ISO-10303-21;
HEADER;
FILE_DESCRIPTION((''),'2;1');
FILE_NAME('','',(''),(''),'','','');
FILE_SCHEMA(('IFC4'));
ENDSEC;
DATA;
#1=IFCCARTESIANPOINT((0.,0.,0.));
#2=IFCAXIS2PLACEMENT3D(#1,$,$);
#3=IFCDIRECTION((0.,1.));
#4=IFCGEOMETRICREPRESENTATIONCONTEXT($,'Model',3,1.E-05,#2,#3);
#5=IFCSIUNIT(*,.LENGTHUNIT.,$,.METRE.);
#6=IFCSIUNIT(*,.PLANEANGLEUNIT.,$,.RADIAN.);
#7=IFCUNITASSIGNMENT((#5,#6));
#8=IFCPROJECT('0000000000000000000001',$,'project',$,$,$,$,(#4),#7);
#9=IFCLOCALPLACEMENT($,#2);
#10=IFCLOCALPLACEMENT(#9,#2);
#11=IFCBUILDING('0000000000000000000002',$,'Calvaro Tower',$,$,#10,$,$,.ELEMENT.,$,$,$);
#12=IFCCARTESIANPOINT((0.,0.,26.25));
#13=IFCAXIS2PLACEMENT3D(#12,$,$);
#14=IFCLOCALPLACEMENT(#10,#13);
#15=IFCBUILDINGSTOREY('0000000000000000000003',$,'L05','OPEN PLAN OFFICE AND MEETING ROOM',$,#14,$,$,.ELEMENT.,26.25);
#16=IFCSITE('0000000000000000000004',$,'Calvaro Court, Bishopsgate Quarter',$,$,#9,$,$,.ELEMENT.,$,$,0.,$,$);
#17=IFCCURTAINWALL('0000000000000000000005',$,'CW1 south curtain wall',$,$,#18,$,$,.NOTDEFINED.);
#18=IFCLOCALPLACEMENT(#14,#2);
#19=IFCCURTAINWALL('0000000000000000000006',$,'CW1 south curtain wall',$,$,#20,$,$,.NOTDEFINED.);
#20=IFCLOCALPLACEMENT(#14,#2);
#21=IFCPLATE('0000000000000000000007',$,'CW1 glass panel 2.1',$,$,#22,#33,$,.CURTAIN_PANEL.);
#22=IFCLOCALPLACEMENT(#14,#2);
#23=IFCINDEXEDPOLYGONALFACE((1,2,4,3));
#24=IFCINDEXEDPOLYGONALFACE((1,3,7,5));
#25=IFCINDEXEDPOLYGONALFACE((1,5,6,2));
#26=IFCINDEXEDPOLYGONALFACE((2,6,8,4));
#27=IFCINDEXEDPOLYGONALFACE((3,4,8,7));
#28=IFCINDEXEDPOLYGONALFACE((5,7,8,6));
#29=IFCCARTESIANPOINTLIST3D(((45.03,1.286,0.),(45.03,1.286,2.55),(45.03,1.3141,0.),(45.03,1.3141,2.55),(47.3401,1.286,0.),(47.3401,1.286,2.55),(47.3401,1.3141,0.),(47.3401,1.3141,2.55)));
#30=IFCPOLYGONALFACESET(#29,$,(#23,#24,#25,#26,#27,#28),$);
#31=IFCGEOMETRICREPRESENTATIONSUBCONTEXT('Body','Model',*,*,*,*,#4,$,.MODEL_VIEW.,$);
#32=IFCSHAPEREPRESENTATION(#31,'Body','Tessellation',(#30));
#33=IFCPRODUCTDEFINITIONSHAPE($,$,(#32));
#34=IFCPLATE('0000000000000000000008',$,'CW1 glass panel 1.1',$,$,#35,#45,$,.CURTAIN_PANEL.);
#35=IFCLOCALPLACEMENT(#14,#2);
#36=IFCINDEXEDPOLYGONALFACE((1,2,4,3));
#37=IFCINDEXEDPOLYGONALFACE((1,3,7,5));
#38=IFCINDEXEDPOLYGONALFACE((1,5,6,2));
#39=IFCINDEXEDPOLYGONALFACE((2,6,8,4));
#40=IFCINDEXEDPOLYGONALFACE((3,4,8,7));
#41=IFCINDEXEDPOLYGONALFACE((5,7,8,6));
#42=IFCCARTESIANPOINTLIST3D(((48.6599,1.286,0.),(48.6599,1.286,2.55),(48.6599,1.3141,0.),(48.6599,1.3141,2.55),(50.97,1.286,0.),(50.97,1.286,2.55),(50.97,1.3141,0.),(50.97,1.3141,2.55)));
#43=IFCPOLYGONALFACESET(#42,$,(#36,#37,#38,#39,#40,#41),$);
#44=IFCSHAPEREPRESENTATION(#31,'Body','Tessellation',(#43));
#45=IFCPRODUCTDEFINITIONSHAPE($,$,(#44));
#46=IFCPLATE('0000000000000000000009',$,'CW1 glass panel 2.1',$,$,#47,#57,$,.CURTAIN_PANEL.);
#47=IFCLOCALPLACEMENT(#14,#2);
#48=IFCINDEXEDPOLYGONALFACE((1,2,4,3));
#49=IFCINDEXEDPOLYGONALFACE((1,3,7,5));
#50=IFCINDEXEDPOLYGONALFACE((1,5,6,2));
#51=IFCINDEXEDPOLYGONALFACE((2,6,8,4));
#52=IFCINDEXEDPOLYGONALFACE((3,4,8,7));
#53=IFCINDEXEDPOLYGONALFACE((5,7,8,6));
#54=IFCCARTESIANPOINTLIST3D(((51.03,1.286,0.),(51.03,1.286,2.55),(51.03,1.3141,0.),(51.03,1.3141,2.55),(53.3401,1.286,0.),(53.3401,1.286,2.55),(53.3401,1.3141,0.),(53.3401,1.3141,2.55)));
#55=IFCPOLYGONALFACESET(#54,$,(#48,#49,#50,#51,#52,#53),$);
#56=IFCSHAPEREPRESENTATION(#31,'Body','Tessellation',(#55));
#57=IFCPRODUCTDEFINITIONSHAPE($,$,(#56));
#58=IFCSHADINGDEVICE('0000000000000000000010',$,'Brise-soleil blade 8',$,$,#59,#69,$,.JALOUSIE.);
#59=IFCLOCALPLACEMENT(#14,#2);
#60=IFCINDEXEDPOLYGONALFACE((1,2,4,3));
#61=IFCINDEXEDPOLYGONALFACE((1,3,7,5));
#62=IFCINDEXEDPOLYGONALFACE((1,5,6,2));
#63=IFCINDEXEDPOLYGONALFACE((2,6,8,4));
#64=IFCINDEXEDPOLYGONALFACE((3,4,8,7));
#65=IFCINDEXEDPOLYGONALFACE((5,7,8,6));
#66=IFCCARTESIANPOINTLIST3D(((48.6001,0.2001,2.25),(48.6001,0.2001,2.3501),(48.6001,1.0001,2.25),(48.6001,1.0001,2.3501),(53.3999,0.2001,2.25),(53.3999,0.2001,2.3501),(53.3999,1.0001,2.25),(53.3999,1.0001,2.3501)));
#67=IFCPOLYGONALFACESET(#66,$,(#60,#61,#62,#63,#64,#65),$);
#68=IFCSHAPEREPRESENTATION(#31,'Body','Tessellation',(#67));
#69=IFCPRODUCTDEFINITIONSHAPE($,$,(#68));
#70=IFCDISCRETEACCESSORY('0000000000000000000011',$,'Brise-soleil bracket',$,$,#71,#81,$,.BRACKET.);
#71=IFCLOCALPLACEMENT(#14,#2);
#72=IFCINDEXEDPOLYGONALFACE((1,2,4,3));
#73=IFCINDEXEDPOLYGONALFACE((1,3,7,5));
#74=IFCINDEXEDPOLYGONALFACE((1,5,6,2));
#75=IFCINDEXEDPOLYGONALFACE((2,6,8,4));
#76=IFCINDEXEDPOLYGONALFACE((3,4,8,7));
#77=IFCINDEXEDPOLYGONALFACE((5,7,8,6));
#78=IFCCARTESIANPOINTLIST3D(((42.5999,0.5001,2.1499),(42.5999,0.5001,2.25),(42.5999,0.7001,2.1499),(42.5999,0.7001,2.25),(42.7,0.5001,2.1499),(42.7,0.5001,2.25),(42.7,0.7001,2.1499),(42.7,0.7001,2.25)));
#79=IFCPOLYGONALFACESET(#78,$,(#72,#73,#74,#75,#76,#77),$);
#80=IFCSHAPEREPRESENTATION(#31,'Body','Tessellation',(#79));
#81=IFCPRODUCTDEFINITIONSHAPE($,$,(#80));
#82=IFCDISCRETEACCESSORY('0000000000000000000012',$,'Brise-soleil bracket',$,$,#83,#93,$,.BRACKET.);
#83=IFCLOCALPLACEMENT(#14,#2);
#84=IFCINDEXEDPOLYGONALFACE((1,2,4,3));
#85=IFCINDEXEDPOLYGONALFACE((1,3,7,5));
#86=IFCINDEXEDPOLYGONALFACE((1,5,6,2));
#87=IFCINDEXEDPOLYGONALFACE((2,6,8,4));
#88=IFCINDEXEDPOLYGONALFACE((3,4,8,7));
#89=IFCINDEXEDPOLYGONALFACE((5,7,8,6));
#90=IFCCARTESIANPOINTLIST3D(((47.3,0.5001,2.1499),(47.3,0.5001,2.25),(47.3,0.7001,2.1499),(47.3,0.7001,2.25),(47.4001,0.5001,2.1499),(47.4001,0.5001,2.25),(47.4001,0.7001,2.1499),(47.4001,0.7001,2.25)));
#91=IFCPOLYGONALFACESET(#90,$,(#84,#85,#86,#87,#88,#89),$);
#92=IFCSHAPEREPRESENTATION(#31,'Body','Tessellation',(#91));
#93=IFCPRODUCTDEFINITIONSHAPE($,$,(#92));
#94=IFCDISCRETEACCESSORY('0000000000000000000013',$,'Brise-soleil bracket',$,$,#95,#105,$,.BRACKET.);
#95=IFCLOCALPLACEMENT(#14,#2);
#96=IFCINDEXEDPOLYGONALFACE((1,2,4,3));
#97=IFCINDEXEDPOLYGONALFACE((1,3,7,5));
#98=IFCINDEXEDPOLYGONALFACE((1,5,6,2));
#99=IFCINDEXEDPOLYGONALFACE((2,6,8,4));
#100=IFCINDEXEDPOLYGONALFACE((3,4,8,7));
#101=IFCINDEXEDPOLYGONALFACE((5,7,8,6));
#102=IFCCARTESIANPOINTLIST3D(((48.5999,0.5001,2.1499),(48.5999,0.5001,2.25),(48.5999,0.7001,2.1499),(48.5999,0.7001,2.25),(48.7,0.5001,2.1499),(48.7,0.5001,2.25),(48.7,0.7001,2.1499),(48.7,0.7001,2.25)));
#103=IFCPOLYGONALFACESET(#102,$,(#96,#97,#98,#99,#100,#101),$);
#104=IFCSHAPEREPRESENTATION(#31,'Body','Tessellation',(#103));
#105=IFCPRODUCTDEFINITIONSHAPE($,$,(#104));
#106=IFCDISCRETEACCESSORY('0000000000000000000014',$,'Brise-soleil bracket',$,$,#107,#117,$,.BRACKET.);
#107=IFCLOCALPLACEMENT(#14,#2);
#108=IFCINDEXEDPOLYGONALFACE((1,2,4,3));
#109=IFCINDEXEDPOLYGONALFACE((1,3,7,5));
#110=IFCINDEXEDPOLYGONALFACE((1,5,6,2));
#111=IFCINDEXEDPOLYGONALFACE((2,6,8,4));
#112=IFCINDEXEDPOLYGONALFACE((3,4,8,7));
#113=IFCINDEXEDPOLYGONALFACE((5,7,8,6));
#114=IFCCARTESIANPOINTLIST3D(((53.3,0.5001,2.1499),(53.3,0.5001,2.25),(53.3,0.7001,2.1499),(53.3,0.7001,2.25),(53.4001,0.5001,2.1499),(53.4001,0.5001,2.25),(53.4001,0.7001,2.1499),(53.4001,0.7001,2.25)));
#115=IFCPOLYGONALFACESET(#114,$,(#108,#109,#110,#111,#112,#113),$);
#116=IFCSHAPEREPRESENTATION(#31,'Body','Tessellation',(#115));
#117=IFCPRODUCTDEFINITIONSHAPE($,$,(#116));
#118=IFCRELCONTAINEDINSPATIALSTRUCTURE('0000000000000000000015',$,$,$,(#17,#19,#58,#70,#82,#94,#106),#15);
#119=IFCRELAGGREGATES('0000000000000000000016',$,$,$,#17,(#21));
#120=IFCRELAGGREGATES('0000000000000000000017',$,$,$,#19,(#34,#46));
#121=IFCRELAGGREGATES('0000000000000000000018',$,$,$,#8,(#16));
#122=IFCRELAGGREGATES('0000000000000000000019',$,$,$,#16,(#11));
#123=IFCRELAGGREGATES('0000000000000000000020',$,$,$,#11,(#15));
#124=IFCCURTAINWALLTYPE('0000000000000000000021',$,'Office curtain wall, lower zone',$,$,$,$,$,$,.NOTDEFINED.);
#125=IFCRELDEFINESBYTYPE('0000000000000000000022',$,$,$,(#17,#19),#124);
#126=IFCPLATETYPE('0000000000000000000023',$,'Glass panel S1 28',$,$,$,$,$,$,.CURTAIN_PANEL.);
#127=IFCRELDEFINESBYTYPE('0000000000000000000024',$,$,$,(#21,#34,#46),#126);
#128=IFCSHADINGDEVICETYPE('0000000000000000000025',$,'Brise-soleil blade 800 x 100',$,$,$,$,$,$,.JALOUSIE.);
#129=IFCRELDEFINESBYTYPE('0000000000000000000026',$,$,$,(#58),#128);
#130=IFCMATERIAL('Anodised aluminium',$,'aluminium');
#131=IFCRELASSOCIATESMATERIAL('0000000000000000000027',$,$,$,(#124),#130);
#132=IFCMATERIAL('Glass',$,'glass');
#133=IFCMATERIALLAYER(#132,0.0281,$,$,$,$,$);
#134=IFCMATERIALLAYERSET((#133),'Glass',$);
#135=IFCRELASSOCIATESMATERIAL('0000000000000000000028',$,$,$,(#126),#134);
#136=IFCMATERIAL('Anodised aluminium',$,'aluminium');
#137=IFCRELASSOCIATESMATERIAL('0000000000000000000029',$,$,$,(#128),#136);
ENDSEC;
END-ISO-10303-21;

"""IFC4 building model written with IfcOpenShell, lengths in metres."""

from ifc_helpers import new_model, si_unit, direction, frame, origin, origin_2d, place, context, subcontext, project, spatial, rectangle, extrude, material, layer, layer_set, material_profile, profile_set, type_object, element, aggregate, save


model = new_model("IFC4")

# Units and contexts
model_context = context("Model", 3, precision=1e-05, world=origin(), true_north=direction((0.0, 1.0)))
body_context = subcontext(model_context, "Body", "Model", "MODEL_VIEW")
ifc_project = project(units=[si_unit("LENGTHUNIT", "METRE"), si_unit("PLANEANGLEUNIT", "RADIAN")], contexts=[model_context])

# Site, building, storey
site_placement = place(None, origin())
site = spatial("IfcSite", under=ifc_project, at=site_placement, Name="Calvaro Court, Bishopsgate Quarter", CompositionType="ELEMENT", RefElevation=0.0)
building_placement = place(site_placement, origin())
building = spatial("IfcBuilding", under=site, at=building_placement, Name="Calvaro Tower", CompositionType="ELEMENT")
storey_placement = place(building_placement, frame((0.0, 0.0, 26.25)))
storey = spatial("IfcBuildingStorey", under=building, at=storey_placement, Name="L05", Description="OPEN PLAN OFFICE AND MEETING ROOM", CompositionType="ELEMENT", Elevation=26.25)

# Curtain walls
ifc_material_1 = material(Name="Anodised aluminium", Category="aluminium")
curtain_wall_type = type_object("IfcCurtainWallType", Name="Office curtain wall, lower zone", PredefinedType="NOTDEFINED", material=ifc_material_1)
curtain_wall_1_placement = place(storey_placement, origin())
curtain_wall_1 = element("IfcCurtainWall", 1, at=curtain_wall_1_placement, inside=storey, type_object=curtain_wall_type, Name="CW1 south curtain wall", PredefinedType="NOTDEFINED")
curtain_wall_2_placement = place(storey_placement, origin())
curtain_wall_2 = element("IfcCurtainWall", 2, at=curtain_wall_2_placement, inside=storey, type_object=curtain_wall_type, Name="CW1 south curtain wall", PredefinedType="NOTDEFINED")

# Plates
ifc_material_2 = material(Name="Glass", Category="glass")
ifc_layer = layer(ifc_material_2, 0.0281)
ifc_layer_set = layer_set([ifc_layer], Name="Glass")
plate_type = type_object("IfcPlateType", Name="Glass panel S1 28", PredefinedType="CURTAIN_PANEL", material=ifc_layer_set)
plate_1_placement = place(storey_placement, frame((46.1851, 1.3, 0.0), z_axis=(0.0, 0.0, 1.0), x_axis=(1.0, 0.0, 0.0)))
plate_1 = element("IfcPlate", 3, at=plate_1_placement, type_object=plate_type, Name="CW1 glass panel 2.1", PredefinedType="CURTAIN_PANEL", context=body_context, shape_type="SweptSolid", body=[
    extrude(rectangle(XDim=2.3101, YDim=0.0281, at=origin_2d()), origin(), (0.0, 0.0, 1.0), 2.55),
])
aggregate(curtain_wall_1, [plate_1])
plate_2_placement = place(storey_placement, frame((49.8149, 1.3, 0.0), z_axis=(0.0, 0.0, 1.0), x_axis=(1.0, 0.0, 0.0)))
plate_2 = element("IfcPlate", 4, at=plate_2_placement, type_object=plate_type, Name="CW1 glass panel 1.1", PredefinedType="CURTAIN_PANEL", context=body_context, shape_type="SweptSolid", body=[
    extrude(rectangle(XDim=2.3101, YDim=0.0281, at=origin_2d()), origin(), (0.0, 0.0, 1.0), 2.55),
])
plate_3_placement = place(storey_placement, frame((52.1851, 1.3, 0.0), z_axis=(0.0, 0.0, 1.0), x_axis=(1.0, 0.0, 0.0)))
plate_3 = element("IfcPlate", 5, at=plate_3_placement, type_object=plate_type, Name="CW1 glass panel 2.1", PredefinedType="CURTAIN_PANEL", context=body_context, shape_type="SweptSolid", body=[
    extrude(rectangle(XDim=2.3101, YDim=0.0281, at=origin_2d()), origin(), (0.0, 0.0, 1.0), 2.55),
])
aggregate(curtain_wall_2, [plate_2, plate_3])

# Shading device
ifc_material_3 = material(Name="Anodised aluminium", Category="aluminium")
ifc_material_profile_1 = material_profile(ifc_material_3, rectangle(XDim=0.8, YDim=0.1001, at=origin_2d()), Name="Brise-soleil blade 800 x 100")
ifc_profile_set_1 = profile_set([ifc_material_profile_1], Name="Anodised aluminium")
shading_device_type = type_object("IfcShadingDeviceType", Name="Brise-soleil blade 800 x 100", PredefinedType="JALOUSIE", material=ifc_profile_set_1)
shading_device_placement = place(storey_placement, frame((48.6001, 0.6001, 2.3), z_axis=(1.0, 0.0, 0.0), x_axis=(0.0, 1.0, 0.0)))
element("IfcShadingDevice", 6, at=shading_device_placement, inside=storey, type_object=shading_device_type, Name="Brise-soleil blade 8", PredefinedType="JALOUSIE", context=body_context, shape_type="SweptSolid", body=[
    extrude(rectangle(XDim=0.8, YDim=0.1001, at=origin_2d()), origin(), (0.0, 0.0, 1.0), 4.7998),
])

# Discrete accessories
for number, where, z_axis, x_axis, name in (
    (7, (42.6499, 0.6001, 2.1499), (0.0, 0.0, 1.0), (1.0, 0.0, 0.0), "Brise-soleil bracket"),
    (8, (47.3501, 0.6001, 2.1499), (0.0, 0.0, 1.0), (1.0, 0.0, 0.0), "Brise-soleil bracket"),
    (9, (48.6499, 0.6001, 2.1499), (0.0, 0.0, 1.0), (1.0, 0.0, 0.0), "Brise-soleil bracket"),
    (10, (53.3501, 0.6001, 2.1499), (0.0, 0.0, 1.0), (1.0, 0.0, 0.0), "Brise-soleil bracket"),
):
    element("IfcDiscreteAccessory", number, at=place(storey_placement, frame(where, z_axis=z_axis, x_axis=x_axis)), inside=storey, Name=name, PredefinedType="BRACKET", context=body_context, shape_type="SweptSolid", body=[
        extrude(rectangle(XDim=0.1001, YDim=0.2, at=origin_2d()), origin(), (0.0, 0.0, 1.0), 0.1001),
    ])

save(model, "model.ifc")
